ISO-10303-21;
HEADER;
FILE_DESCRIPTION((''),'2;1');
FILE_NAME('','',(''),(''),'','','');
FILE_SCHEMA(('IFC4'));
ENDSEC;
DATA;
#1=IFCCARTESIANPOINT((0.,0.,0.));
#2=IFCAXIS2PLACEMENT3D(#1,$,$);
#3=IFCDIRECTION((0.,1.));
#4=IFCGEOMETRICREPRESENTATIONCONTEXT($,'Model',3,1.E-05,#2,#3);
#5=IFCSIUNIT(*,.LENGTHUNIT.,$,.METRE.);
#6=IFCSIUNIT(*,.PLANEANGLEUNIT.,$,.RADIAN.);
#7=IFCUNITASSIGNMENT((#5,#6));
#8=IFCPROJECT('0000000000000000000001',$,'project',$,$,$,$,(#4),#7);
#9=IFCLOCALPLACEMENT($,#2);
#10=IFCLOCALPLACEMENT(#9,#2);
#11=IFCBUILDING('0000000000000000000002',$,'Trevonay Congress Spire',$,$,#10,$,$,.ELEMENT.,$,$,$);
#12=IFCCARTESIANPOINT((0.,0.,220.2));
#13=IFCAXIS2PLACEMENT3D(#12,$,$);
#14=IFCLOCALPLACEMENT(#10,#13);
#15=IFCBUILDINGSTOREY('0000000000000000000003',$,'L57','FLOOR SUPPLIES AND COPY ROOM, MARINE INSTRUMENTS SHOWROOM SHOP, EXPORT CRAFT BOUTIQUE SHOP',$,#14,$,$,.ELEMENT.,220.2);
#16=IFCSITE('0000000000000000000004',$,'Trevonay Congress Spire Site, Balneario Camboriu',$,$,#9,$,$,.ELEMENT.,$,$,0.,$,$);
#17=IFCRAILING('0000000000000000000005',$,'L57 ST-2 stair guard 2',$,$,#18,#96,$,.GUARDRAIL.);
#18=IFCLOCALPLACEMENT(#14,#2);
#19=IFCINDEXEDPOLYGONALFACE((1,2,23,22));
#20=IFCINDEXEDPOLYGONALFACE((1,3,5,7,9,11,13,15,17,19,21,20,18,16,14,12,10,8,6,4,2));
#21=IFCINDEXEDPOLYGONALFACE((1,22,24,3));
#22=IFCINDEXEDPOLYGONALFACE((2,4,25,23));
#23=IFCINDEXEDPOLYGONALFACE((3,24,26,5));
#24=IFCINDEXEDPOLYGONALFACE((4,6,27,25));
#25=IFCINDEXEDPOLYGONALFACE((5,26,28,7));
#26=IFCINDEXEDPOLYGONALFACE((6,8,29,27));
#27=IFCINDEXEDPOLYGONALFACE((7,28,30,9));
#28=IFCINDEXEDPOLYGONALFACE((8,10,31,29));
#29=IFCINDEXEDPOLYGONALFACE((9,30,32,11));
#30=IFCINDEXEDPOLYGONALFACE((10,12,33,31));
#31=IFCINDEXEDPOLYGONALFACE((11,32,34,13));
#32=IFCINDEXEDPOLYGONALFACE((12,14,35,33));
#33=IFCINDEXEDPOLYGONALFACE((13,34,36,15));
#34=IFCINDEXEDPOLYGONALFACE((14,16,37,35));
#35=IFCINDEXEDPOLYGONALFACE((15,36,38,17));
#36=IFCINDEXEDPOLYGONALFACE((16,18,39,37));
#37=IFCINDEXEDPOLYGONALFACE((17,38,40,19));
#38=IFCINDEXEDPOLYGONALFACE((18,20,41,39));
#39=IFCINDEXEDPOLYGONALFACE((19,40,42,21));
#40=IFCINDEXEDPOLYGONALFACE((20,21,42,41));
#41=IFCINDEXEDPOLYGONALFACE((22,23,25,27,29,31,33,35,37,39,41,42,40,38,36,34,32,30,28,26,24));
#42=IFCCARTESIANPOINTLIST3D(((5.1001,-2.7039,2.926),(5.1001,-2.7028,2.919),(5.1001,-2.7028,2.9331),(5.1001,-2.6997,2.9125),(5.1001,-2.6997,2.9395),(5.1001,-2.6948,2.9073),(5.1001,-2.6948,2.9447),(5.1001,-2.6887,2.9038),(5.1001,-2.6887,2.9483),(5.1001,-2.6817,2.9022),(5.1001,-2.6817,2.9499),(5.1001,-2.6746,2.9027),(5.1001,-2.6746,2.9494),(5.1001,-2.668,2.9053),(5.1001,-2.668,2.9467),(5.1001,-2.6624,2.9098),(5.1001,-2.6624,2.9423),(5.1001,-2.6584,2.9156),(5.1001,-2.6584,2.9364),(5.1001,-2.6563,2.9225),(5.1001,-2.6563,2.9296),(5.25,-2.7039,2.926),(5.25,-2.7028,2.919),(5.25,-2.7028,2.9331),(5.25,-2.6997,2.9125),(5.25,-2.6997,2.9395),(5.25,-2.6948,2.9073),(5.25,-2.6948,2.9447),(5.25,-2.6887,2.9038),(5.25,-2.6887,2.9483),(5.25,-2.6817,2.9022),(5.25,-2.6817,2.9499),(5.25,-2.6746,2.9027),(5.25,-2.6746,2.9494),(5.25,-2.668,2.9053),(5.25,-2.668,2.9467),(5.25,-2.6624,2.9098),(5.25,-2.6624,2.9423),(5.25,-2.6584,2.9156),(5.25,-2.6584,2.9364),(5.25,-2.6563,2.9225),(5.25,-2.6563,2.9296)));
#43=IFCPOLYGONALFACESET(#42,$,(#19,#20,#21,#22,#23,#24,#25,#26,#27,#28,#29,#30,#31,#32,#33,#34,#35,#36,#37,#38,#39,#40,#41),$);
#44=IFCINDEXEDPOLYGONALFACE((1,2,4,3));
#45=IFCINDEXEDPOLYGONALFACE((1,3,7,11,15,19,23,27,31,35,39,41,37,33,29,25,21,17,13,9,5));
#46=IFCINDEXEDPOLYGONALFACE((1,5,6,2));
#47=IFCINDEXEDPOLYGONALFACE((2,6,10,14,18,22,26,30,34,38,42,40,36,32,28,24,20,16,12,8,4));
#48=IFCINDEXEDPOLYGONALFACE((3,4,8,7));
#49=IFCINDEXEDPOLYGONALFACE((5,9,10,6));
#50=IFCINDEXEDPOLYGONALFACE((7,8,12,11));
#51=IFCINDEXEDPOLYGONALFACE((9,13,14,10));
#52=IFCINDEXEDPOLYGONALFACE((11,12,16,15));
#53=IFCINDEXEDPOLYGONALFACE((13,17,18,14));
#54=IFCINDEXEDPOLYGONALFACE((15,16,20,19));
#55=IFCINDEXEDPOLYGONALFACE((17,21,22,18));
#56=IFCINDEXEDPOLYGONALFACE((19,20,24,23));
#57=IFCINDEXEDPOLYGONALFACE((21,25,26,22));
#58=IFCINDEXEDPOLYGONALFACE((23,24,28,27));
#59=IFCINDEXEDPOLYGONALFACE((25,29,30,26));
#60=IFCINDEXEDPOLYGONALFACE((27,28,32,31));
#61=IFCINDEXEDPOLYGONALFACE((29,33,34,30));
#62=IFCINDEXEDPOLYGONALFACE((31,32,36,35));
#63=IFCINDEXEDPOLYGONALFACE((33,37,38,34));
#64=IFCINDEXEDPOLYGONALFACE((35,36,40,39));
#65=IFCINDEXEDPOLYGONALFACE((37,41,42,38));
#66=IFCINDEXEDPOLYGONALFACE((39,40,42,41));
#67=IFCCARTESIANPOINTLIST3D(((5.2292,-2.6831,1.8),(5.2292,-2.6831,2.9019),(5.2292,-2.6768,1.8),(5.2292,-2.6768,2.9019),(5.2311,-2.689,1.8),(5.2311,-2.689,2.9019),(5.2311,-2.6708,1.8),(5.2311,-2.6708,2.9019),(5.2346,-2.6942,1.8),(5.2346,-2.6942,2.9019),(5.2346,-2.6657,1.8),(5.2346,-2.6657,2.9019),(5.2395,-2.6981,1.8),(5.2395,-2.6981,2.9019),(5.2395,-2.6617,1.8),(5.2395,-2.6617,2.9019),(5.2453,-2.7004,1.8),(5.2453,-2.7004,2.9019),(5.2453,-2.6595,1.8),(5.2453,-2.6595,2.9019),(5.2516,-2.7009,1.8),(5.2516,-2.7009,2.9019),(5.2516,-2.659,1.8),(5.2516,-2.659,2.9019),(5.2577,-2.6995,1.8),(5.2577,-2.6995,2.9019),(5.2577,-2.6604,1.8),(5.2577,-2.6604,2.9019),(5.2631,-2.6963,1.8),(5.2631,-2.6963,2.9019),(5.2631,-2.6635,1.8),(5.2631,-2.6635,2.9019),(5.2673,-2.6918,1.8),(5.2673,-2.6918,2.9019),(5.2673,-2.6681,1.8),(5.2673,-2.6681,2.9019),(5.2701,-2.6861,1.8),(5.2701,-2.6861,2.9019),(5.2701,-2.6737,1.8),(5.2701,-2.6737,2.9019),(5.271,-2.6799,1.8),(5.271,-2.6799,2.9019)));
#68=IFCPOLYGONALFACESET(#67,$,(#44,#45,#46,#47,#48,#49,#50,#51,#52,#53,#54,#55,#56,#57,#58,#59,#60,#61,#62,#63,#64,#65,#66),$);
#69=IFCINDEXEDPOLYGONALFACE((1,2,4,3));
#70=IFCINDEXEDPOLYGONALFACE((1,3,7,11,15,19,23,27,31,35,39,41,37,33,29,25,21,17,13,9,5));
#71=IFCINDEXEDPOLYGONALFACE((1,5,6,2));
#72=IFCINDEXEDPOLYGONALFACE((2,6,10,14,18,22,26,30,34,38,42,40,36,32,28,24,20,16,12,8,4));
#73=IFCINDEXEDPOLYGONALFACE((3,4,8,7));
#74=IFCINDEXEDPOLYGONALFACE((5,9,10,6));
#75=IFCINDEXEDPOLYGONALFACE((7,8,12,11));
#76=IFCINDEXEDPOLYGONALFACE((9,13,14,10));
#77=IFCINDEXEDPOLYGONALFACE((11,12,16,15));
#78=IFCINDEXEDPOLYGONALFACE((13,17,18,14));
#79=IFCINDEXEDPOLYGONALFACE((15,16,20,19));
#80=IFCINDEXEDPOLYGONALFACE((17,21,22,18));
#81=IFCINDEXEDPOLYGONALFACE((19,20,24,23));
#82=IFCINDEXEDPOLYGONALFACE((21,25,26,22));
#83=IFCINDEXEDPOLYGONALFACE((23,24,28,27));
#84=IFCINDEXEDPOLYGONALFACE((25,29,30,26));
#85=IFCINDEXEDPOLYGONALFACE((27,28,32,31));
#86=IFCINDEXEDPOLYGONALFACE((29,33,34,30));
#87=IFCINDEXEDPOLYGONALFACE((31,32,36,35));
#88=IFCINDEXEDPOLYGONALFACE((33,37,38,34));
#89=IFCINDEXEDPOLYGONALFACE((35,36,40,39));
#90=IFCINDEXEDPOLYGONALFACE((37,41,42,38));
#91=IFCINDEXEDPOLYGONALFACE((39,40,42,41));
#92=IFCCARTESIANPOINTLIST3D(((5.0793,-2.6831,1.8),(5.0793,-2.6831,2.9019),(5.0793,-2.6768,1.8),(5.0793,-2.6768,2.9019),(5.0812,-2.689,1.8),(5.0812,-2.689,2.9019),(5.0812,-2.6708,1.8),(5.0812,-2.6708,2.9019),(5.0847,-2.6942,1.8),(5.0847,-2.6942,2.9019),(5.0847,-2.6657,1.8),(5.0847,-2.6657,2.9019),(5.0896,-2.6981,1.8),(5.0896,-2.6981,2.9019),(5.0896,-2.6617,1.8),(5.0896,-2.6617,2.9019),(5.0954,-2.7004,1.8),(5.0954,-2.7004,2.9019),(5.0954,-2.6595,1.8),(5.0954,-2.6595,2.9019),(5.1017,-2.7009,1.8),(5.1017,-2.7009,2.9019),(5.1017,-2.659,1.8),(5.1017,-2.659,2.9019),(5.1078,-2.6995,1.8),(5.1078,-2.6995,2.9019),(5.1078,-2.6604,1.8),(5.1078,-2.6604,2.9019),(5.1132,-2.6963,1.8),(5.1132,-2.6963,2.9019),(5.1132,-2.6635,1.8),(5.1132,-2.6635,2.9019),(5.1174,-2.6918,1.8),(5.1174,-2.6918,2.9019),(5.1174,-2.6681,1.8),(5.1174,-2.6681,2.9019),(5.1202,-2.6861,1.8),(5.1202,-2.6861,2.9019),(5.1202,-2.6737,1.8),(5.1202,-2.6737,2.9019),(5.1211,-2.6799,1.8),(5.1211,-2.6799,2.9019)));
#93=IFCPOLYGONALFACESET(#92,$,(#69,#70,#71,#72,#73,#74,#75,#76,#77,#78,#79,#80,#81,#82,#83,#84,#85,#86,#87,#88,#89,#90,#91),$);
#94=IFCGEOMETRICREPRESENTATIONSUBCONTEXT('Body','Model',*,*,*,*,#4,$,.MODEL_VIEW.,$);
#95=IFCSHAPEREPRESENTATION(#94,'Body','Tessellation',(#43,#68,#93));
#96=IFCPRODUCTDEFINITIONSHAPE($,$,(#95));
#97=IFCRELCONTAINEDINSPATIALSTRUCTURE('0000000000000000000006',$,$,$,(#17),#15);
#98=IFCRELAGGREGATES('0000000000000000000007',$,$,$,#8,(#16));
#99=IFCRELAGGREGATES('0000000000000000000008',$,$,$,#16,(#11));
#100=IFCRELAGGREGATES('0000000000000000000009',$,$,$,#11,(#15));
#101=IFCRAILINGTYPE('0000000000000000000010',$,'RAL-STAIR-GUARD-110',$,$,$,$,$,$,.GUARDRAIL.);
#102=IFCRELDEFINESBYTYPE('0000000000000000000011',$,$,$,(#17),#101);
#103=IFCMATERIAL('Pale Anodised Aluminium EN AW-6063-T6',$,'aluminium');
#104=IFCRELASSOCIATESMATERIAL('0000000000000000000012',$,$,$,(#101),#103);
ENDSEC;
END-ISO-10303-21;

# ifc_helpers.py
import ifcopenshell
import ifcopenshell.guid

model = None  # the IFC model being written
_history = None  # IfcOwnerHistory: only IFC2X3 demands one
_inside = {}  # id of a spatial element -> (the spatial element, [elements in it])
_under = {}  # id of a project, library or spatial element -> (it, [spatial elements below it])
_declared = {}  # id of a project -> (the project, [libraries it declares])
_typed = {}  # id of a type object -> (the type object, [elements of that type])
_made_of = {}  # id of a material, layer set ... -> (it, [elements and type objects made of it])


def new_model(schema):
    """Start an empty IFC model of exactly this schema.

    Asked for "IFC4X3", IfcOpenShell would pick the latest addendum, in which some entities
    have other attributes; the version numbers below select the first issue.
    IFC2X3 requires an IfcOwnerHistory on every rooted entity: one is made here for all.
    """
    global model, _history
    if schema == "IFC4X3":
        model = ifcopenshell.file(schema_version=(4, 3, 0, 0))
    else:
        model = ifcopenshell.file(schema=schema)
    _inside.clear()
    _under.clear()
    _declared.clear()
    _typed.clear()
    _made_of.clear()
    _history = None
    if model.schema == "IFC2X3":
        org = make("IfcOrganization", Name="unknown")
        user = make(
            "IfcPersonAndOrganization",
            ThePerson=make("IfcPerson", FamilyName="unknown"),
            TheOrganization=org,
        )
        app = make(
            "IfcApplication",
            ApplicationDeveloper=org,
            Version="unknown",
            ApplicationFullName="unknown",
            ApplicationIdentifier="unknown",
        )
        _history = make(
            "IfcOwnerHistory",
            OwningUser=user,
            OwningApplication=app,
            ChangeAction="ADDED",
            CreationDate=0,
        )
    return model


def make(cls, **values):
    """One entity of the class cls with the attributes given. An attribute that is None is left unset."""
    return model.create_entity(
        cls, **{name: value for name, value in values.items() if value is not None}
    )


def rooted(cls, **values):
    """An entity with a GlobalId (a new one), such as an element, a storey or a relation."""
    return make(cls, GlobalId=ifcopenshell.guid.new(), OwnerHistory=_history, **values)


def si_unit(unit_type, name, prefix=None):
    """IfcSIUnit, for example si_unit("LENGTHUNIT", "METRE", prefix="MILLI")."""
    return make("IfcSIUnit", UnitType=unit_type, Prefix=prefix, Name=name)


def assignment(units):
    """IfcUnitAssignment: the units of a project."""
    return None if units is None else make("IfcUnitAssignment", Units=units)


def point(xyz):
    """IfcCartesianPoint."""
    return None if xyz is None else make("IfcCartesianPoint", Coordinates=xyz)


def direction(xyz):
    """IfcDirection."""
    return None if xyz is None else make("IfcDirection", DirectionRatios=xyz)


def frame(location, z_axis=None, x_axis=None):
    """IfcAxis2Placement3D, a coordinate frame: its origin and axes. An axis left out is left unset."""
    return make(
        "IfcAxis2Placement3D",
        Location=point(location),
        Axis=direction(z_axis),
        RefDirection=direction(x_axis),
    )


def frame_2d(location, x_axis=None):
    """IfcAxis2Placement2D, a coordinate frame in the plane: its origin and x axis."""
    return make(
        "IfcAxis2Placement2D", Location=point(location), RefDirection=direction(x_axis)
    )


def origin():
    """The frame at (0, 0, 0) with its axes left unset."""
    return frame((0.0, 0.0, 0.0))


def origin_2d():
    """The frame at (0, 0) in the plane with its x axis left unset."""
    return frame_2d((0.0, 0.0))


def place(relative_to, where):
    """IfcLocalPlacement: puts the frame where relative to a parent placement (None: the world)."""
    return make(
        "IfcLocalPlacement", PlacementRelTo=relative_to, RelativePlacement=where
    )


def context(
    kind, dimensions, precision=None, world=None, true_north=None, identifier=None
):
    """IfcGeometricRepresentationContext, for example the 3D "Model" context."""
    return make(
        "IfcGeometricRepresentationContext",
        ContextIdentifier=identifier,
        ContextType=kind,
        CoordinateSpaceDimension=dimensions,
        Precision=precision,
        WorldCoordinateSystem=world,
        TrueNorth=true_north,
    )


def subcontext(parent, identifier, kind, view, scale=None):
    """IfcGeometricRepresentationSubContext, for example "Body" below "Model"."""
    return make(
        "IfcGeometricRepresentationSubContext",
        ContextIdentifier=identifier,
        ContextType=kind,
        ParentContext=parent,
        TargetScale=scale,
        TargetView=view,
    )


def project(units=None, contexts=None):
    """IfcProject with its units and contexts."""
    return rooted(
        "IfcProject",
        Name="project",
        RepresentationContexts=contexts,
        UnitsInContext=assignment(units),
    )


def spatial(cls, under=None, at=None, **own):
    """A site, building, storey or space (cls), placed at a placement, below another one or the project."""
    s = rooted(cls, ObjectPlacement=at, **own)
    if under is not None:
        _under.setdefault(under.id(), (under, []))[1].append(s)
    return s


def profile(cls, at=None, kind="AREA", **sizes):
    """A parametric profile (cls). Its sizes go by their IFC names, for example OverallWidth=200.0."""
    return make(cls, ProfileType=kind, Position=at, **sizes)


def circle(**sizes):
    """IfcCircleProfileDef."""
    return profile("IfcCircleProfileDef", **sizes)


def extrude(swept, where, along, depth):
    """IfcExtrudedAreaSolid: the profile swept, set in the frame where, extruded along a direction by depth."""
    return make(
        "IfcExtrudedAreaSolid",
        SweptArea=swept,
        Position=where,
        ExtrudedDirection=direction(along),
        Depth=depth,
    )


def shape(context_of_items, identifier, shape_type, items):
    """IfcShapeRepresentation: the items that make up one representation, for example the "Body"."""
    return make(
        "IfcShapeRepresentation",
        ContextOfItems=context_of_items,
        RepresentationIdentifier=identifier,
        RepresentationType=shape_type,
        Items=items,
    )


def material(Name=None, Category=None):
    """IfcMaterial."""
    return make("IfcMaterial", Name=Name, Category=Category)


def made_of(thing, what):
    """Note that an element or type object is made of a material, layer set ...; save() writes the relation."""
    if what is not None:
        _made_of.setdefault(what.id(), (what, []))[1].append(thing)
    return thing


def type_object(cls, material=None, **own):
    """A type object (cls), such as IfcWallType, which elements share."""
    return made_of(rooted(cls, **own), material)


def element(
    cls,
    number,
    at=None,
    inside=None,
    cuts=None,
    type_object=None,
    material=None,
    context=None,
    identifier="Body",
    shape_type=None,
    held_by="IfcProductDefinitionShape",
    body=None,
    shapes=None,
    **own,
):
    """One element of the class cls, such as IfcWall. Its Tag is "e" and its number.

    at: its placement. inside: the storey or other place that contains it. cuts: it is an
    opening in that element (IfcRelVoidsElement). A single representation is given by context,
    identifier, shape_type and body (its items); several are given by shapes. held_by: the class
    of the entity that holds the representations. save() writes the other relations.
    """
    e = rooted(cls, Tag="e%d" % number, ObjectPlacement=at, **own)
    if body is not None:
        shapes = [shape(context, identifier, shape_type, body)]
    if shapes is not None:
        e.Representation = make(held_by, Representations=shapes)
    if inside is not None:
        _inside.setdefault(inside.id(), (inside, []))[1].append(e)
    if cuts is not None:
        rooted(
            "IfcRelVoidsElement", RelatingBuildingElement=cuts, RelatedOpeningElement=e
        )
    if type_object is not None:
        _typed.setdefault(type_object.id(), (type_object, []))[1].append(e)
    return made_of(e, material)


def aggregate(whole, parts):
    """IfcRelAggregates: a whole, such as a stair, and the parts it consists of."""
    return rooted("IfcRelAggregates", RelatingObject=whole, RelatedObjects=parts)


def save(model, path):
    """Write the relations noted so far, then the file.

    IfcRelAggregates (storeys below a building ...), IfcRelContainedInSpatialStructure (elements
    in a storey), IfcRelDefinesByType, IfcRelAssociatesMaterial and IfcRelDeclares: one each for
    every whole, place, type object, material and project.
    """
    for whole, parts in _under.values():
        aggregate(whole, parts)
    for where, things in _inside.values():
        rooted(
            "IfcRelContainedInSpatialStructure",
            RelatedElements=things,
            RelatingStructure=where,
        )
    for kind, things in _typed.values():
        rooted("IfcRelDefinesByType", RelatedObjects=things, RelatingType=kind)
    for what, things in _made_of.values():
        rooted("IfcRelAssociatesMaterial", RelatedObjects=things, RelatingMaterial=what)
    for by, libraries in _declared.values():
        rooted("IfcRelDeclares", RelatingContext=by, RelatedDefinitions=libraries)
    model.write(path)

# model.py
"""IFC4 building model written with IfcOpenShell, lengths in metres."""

from ifc_helpers import new_model, si_unit, direction, frame, origin, origin_2d, place, context, subcontext, project, spatial, circle, extrude, material, type_object, element, save


model = new_model("IFC4")

# Units and contexts
model_context = context("Model", 3, precision=1e-05, world=origin(), true_north=direction((0.0, 1.0)))
body_context = subcontext(model_context, "Body", "Model", "MODEL_VIEW")
ifc_project = project(units=[si_unit("LENGTHUNIT", "METRE"), si_unit("PLANEANGLEUNIT", "RADIAN")], contexts=[model_context])

# Site, building, storey
site_placement = place(None, origin())
site = spatial("IfcSite", under=ifc_project, at=site_placement, Name="Trevonay Congress Spire Site, Balneario Camboriu", CompositionType="ELEMENT", RefElevation=0.0)
building_placement = place(site_placement, origin())
building = spatial("IfcBuilding", under=site, at=building_placement, Name="Trevonay Congress Spire", CompositionType="ELEMENT")
storey_placement = place(building_placement, frame((0.0, 0.0, 220.2)))
storey = spatial("IfcBuildingStorey", under=building, at=storey_placement, Name="L57", Description="FLOOR SUPPLIES AND COPY ROOM, MARINE INSTRUMENTS SHOWROOM SHOP, EXPORT CRAFT BOUTIQUE SHOP", CompositionType="ELEMENT", Elevation=220.2)

# Shared definitions
ifc_material_1 = material(Name="Pale Anodised Aluminium EN AW-6063-T6", Category="aluminium")

# Railing
railing_type_1 = type_object("IfcRailingType", Name="RAL-STAIR-GUARD-110", PredefinedType="GUARDRAIL", material=ifc_material_1)
railing_1_placement = place(storey_placement, frame((5.25, -2.6799, 1.8)))
element("IfcRailing", 1, at=railing_1_placement, inside=storey, type_object=railing_type_1, Name="L57 ST-2 stair guard 2", PredefinedType="GUARDRAIL", context=body_context, shape_type="SweptSolid", body=[
    extrude(circle(Radius=0.0239, at=origin_2d()), frame((0.0, 0.0, 1.126), z_axis=(-1.0, 0.0, 0.0), x_axis=(0.0, -1.0, 0.0)), (0.0, 0.0, 1.0), 0.1499),
    extrude(circle(Radius=0.021, at=origin_2d()), origin(), (0.0, 0.0, 1.0), 1.1018),
    extrude(circle(Radius=0.021, at=origin_2d()), frame((-0.1499, 0.0, 0.0)), (0.0, 0.0, 1.0), 1.1018),
])

save(model, "model.ifc")
